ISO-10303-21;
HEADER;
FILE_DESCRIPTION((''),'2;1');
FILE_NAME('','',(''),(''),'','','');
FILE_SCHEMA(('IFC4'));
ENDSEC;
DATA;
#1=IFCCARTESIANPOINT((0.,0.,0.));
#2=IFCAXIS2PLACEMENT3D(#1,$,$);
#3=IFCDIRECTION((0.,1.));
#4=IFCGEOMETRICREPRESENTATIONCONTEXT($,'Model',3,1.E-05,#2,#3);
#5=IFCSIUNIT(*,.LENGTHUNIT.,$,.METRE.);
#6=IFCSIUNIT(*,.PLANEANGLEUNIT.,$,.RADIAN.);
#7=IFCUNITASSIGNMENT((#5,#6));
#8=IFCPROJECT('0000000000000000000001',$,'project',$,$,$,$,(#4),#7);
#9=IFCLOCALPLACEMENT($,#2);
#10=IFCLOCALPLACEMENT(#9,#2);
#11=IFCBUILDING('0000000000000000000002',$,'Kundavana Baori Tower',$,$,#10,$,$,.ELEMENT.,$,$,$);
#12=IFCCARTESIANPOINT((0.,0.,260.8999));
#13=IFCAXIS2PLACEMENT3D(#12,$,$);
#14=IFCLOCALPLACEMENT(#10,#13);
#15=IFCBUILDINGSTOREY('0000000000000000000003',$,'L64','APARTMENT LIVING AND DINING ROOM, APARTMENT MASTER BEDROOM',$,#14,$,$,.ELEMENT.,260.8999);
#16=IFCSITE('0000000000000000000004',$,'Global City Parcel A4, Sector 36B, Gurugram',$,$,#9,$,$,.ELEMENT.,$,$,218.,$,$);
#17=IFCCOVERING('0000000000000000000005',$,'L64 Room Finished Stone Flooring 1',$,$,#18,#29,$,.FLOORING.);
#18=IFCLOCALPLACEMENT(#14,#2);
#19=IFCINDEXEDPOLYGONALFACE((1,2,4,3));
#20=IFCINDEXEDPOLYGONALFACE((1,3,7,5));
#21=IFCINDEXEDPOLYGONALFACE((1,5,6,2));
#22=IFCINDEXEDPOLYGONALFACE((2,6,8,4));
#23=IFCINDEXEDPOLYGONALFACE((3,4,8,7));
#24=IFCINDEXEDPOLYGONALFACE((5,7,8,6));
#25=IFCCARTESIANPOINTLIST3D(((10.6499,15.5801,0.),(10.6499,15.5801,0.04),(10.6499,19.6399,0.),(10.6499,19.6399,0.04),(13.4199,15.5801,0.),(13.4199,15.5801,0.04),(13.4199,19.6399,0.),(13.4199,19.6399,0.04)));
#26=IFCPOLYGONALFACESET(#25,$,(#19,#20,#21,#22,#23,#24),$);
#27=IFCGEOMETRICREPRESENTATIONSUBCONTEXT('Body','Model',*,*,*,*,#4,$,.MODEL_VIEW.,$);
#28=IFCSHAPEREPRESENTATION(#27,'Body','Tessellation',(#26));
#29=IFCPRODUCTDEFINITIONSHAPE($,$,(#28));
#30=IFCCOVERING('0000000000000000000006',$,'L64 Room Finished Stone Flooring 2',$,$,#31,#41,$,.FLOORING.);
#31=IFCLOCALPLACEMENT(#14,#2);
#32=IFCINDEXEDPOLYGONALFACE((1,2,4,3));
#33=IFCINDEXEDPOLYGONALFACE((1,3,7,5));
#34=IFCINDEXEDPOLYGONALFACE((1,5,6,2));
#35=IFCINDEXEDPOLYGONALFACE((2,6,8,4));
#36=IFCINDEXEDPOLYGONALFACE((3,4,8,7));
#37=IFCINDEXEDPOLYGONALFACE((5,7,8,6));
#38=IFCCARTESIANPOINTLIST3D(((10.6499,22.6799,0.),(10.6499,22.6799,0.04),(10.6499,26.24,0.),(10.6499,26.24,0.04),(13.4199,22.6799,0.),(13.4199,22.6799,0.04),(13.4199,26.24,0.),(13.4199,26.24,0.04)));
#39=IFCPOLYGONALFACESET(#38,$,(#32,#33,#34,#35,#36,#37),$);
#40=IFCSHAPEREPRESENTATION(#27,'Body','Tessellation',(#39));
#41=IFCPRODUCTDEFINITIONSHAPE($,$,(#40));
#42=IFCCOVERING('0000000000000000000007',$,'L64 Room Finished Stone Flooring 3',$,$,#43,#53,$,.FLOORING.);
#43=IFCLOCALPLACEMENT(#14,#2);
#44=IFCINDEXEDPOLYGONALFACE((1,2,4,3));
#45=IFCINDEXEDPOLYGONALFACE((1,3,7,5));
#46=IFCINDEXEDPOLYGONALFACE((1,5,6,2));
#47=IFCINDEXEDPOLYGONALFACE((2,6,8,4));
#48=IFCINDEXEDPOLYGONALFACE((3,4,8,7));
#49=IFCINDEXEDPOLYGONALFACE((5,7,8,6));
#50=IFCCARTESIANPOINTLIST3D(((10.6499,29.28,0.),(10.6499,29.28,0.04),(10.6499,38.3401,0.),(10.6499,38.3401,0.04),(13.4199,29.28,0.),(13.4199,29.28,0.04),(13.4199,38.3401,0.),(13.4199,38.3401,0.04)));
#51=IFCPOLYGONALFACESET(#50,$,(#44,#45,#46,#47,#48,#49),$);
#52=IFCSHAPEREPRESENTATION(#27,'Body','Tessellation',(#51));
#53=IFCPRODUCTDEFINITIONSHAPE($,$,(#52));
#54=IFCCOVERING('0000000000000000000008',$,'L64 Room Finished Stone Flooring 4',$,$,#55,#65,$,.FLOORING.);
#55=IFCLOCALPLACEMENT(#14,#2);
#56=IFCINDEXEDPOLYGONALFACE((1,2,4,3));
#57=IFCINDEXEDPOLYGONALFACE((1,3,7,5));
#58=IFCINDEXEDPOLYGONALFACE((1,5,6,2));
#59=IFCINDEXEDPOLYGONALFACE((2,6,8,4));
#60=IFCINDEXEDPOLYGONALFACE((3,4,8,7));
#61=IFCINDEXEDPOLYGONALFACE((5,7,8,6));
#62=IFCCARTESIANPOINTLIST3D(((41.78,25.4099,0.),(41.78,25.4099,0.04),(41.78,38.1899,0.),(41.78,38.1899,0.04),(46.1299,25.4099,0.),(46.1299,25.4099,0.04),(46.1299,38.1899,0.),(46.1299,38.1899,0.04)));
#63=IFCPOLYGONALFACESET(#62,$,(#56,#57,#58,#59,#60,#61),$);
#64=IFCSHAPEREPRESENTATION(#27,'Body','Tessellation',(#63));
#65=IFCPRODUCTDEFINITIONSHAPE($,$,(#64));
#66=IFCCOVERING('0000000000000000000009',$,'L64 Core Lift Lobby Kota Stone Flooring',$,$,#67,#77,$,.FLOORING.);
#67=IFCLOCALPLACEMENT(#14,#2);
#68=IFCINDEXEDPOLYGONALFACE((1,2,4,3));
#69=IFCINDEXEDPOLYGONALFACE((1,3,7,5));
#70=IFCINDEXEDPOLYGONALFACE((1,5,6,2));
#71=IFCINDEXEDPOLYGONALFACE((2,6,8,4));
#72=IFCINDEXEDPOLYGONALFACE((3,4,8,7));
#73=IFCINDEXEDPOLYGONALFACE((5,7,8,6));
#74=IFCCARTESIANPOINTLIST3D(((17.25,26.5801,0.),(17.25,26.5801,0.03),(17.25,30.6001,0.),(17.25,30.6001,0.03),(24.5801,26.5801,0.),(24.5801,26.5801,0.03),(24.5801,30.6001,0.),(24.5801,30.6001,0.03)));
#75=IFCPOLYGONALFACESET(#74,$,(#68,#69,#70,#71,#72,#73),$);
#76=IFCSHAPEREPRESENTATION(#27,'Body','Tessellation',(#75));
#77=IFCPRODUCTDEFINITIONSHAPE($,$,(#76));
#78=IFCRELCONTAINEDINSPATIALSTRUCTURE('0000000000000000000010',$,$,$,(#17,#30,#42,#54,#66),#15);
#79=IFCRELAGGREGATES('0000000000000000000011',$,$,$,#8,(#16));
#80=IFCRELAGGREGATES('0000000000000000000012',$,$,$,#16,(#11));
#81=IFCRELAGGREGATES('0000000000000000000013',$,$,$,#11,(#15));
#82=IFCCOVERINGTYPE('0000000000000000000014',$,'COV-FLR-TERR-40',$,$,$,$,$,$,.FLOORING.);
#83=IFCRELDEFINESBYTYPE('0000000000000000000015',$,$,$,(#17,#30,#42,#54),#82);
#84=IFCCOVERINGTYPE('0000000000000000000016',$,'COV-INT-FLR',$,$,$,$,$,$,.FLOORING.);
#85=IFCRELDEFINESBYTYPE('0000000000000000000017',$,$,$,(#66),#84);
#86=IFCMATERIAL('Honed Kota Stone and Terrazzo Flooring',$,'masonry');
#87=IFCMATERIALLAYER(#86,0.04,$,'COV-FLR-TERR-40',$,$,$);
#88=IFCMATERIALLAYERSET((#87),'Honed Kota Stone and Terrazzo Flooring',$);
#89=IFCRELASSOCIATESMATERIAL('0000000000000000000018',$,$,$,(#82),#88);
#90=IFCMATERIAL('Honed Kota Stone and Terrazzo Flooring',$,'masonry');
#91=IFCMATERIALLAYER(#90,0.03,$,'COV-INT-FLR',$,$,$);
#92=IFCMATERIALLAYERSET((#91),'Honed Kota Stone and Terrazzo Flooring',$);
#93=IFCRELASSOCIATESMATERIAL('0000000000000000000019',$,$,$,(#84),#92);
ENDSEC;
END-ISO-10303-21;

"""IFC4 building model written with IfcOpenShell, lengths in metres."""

from ifc_helpers import new_model, si_unit, direction, frame, origin, place, context, subcontext, project, spatial, polyline, outline, extrude, material, layer, layer_set, type_object, element, save


model = new_model("IFC4")

# Units and contexts
model_context = context("Model", 3, precision=1e-05, world=origin(), true_north=direction((0.0, 1.0)))
body_context = subcontext(model_context, "Body", "Model", "MODEL_VIEW")
ifc_project = project(units=[si_unit("LENGTHUNIT", "METRE"), si_unit("PLANEANGLEUNIT", "RADIAN")], contexts=[model_context])

# Site, building, storey
site_placement = place(None, origin())
site = spatial("IfcSite", under=ifc_project, at=site_placement, Name="Global City Parcel A4, Sector 36B, Gurugram", CompositionType="ELEMENT", RefElevation=218.0)
building_placement = place(site_placement, origin())
building = spatial("IfcBuilding", under=site, at=building_placement, Name="Kundavana Baori Tower", CompositionType="ELEMENT")
storey_placement = place(building_placement, frame((0.0, 0.0, 260.8999)))
storey = spatial("IfcBuildingStorey", under=building, at=storey_placement, Name="L64", Description="APARTMENT LIVING AND DINING ROOM, APARTMENT MASTER BEDROOM", CompositionType="ELEMENT", Elevation=260.8999)

# Coverings
ifc_material_1 = material(Name="Honed Kota Stone and Terrazzo Flooring", Category="masonry")
ifc_layer_1 = layer(ifc_material_1, 0.04, Name="COV-FLR-TERR-40")
ifc_layer_set_1 = layer_set([ifc_layer_1], Name="Honed Kota Stone and Terrazzo Flooring")
covering_type_1 = type_object("IfcCoveringType", Name="COV-FLR-TERR-40", PredefinedType="FLOORING", material=ifc_layer_set_1)
covering_1_placement = place(storey_placement, origin())
element("IfcCovering", 1, at=covering_1_placement, inside=storey, type_object=covering_type_1, Name="L64 Room Finished Stone Flooring 1", PredefinedType="FLOORING", context=body_context, shape_type="SweptSolid", body=[
    extrude(outline(polyline([(10.6499, 15.5801), (13.4199, 15.5801), (13.4199, 19.6399), (10.6499, 19.6399), (10.6499, 15.5801)])), origin(), (0.0, 0.0, 1.0), 0.04),
])
covering_2_placement = place(storey_placement, origin())
element("IfcCovering", 2, at=covering_2_placement, inside=storey, type_object=covering_type_1, Name="L64 Room Finished Stone Flooring 2", PredefinedType="FLOORING", context=body_context, shape_type="SweptSolid", body=[
    extrude(outline(polyline([(10.6499, 22.6799), (13.4199, 22.6799), (13.4199, 26.24), (10.6499, 26.24), (10.6499, 22.6799)])), origin(), (0.0, 0.0, 1.0), 0.04),
])
covering_3_placement = place(storey_placement, origin())
element("IfcCovering", 3, at=covering_3_placement, inside=storey, type_object=covering_type_1, Name="L64 Room Finished Stone Flooring 3", PredefinedType="FLOORING", context=body_context, shape_type="SweptSolid", body=[
    extrude(outline(polyline([(10.6499, 29.28), (13.4199, 29.28), (13.4199, 38.3401), (10.6499, 38.3401), (10.6499, 29.28)])), origin(), (0.0, 0.0, 1.0), 0.04),
])
covering_4_placement = place(storey_placement, origin())
element("IfcCovering", 4, at=covering_4_placement, inside=storey, type_object=covering_type_1, Name="L64 Room Finished Stone Flooring 4", PredefinedType="FLOORING", context=body_context, shape_type="SweptSolid", body=[
    extrude(outline(polyline([(41.78, 25.4099), (46.1299, 25.4099), (46.1299, 38.1899), (41.78, 38.1899), (41.78, 25.4099)])), origin(), (0.0, 0.0, 1.0), 0.04),
])
ifc_material_2 = material(Name="Honed Kota Stone and Terrazzo Flooring", Category="masonry")
ifc_layer_2 = layer(ifc_material_2, 0.03, Name="COV-INT-FLR")
ifc_layer_set_2 = layer_set([ifc_layer_2], Name="Honed Kota Stone and Terrazzo Flooring")
covering_type_2 = type_object("IfcCoveringType", Name="COV-INT-FLR", PredefinedType="FLOORING", material=ifc_layer_set_2)
covering_5_placement = place(storey_placement, origin())
element("IfcCovering", 5, at=covering_5_placement, inside=storey, type_object=covering_type_2, Name="L64 Core Lift Lobby Kota Stone Flooring", PredefinedType="FLOORING", context=body_context, shape_type="SweptSolid", body=[
    extrude(outline(polyline([(17.25, 26.5801), (24.5801, 26.5801), (24.5801, 30.6001), (17.25, 30.6001), (17.25, 26.5801)])), origin(), (0.0, 0.0, 1.0), 0.03),
])

save(model, "model.ifc")
